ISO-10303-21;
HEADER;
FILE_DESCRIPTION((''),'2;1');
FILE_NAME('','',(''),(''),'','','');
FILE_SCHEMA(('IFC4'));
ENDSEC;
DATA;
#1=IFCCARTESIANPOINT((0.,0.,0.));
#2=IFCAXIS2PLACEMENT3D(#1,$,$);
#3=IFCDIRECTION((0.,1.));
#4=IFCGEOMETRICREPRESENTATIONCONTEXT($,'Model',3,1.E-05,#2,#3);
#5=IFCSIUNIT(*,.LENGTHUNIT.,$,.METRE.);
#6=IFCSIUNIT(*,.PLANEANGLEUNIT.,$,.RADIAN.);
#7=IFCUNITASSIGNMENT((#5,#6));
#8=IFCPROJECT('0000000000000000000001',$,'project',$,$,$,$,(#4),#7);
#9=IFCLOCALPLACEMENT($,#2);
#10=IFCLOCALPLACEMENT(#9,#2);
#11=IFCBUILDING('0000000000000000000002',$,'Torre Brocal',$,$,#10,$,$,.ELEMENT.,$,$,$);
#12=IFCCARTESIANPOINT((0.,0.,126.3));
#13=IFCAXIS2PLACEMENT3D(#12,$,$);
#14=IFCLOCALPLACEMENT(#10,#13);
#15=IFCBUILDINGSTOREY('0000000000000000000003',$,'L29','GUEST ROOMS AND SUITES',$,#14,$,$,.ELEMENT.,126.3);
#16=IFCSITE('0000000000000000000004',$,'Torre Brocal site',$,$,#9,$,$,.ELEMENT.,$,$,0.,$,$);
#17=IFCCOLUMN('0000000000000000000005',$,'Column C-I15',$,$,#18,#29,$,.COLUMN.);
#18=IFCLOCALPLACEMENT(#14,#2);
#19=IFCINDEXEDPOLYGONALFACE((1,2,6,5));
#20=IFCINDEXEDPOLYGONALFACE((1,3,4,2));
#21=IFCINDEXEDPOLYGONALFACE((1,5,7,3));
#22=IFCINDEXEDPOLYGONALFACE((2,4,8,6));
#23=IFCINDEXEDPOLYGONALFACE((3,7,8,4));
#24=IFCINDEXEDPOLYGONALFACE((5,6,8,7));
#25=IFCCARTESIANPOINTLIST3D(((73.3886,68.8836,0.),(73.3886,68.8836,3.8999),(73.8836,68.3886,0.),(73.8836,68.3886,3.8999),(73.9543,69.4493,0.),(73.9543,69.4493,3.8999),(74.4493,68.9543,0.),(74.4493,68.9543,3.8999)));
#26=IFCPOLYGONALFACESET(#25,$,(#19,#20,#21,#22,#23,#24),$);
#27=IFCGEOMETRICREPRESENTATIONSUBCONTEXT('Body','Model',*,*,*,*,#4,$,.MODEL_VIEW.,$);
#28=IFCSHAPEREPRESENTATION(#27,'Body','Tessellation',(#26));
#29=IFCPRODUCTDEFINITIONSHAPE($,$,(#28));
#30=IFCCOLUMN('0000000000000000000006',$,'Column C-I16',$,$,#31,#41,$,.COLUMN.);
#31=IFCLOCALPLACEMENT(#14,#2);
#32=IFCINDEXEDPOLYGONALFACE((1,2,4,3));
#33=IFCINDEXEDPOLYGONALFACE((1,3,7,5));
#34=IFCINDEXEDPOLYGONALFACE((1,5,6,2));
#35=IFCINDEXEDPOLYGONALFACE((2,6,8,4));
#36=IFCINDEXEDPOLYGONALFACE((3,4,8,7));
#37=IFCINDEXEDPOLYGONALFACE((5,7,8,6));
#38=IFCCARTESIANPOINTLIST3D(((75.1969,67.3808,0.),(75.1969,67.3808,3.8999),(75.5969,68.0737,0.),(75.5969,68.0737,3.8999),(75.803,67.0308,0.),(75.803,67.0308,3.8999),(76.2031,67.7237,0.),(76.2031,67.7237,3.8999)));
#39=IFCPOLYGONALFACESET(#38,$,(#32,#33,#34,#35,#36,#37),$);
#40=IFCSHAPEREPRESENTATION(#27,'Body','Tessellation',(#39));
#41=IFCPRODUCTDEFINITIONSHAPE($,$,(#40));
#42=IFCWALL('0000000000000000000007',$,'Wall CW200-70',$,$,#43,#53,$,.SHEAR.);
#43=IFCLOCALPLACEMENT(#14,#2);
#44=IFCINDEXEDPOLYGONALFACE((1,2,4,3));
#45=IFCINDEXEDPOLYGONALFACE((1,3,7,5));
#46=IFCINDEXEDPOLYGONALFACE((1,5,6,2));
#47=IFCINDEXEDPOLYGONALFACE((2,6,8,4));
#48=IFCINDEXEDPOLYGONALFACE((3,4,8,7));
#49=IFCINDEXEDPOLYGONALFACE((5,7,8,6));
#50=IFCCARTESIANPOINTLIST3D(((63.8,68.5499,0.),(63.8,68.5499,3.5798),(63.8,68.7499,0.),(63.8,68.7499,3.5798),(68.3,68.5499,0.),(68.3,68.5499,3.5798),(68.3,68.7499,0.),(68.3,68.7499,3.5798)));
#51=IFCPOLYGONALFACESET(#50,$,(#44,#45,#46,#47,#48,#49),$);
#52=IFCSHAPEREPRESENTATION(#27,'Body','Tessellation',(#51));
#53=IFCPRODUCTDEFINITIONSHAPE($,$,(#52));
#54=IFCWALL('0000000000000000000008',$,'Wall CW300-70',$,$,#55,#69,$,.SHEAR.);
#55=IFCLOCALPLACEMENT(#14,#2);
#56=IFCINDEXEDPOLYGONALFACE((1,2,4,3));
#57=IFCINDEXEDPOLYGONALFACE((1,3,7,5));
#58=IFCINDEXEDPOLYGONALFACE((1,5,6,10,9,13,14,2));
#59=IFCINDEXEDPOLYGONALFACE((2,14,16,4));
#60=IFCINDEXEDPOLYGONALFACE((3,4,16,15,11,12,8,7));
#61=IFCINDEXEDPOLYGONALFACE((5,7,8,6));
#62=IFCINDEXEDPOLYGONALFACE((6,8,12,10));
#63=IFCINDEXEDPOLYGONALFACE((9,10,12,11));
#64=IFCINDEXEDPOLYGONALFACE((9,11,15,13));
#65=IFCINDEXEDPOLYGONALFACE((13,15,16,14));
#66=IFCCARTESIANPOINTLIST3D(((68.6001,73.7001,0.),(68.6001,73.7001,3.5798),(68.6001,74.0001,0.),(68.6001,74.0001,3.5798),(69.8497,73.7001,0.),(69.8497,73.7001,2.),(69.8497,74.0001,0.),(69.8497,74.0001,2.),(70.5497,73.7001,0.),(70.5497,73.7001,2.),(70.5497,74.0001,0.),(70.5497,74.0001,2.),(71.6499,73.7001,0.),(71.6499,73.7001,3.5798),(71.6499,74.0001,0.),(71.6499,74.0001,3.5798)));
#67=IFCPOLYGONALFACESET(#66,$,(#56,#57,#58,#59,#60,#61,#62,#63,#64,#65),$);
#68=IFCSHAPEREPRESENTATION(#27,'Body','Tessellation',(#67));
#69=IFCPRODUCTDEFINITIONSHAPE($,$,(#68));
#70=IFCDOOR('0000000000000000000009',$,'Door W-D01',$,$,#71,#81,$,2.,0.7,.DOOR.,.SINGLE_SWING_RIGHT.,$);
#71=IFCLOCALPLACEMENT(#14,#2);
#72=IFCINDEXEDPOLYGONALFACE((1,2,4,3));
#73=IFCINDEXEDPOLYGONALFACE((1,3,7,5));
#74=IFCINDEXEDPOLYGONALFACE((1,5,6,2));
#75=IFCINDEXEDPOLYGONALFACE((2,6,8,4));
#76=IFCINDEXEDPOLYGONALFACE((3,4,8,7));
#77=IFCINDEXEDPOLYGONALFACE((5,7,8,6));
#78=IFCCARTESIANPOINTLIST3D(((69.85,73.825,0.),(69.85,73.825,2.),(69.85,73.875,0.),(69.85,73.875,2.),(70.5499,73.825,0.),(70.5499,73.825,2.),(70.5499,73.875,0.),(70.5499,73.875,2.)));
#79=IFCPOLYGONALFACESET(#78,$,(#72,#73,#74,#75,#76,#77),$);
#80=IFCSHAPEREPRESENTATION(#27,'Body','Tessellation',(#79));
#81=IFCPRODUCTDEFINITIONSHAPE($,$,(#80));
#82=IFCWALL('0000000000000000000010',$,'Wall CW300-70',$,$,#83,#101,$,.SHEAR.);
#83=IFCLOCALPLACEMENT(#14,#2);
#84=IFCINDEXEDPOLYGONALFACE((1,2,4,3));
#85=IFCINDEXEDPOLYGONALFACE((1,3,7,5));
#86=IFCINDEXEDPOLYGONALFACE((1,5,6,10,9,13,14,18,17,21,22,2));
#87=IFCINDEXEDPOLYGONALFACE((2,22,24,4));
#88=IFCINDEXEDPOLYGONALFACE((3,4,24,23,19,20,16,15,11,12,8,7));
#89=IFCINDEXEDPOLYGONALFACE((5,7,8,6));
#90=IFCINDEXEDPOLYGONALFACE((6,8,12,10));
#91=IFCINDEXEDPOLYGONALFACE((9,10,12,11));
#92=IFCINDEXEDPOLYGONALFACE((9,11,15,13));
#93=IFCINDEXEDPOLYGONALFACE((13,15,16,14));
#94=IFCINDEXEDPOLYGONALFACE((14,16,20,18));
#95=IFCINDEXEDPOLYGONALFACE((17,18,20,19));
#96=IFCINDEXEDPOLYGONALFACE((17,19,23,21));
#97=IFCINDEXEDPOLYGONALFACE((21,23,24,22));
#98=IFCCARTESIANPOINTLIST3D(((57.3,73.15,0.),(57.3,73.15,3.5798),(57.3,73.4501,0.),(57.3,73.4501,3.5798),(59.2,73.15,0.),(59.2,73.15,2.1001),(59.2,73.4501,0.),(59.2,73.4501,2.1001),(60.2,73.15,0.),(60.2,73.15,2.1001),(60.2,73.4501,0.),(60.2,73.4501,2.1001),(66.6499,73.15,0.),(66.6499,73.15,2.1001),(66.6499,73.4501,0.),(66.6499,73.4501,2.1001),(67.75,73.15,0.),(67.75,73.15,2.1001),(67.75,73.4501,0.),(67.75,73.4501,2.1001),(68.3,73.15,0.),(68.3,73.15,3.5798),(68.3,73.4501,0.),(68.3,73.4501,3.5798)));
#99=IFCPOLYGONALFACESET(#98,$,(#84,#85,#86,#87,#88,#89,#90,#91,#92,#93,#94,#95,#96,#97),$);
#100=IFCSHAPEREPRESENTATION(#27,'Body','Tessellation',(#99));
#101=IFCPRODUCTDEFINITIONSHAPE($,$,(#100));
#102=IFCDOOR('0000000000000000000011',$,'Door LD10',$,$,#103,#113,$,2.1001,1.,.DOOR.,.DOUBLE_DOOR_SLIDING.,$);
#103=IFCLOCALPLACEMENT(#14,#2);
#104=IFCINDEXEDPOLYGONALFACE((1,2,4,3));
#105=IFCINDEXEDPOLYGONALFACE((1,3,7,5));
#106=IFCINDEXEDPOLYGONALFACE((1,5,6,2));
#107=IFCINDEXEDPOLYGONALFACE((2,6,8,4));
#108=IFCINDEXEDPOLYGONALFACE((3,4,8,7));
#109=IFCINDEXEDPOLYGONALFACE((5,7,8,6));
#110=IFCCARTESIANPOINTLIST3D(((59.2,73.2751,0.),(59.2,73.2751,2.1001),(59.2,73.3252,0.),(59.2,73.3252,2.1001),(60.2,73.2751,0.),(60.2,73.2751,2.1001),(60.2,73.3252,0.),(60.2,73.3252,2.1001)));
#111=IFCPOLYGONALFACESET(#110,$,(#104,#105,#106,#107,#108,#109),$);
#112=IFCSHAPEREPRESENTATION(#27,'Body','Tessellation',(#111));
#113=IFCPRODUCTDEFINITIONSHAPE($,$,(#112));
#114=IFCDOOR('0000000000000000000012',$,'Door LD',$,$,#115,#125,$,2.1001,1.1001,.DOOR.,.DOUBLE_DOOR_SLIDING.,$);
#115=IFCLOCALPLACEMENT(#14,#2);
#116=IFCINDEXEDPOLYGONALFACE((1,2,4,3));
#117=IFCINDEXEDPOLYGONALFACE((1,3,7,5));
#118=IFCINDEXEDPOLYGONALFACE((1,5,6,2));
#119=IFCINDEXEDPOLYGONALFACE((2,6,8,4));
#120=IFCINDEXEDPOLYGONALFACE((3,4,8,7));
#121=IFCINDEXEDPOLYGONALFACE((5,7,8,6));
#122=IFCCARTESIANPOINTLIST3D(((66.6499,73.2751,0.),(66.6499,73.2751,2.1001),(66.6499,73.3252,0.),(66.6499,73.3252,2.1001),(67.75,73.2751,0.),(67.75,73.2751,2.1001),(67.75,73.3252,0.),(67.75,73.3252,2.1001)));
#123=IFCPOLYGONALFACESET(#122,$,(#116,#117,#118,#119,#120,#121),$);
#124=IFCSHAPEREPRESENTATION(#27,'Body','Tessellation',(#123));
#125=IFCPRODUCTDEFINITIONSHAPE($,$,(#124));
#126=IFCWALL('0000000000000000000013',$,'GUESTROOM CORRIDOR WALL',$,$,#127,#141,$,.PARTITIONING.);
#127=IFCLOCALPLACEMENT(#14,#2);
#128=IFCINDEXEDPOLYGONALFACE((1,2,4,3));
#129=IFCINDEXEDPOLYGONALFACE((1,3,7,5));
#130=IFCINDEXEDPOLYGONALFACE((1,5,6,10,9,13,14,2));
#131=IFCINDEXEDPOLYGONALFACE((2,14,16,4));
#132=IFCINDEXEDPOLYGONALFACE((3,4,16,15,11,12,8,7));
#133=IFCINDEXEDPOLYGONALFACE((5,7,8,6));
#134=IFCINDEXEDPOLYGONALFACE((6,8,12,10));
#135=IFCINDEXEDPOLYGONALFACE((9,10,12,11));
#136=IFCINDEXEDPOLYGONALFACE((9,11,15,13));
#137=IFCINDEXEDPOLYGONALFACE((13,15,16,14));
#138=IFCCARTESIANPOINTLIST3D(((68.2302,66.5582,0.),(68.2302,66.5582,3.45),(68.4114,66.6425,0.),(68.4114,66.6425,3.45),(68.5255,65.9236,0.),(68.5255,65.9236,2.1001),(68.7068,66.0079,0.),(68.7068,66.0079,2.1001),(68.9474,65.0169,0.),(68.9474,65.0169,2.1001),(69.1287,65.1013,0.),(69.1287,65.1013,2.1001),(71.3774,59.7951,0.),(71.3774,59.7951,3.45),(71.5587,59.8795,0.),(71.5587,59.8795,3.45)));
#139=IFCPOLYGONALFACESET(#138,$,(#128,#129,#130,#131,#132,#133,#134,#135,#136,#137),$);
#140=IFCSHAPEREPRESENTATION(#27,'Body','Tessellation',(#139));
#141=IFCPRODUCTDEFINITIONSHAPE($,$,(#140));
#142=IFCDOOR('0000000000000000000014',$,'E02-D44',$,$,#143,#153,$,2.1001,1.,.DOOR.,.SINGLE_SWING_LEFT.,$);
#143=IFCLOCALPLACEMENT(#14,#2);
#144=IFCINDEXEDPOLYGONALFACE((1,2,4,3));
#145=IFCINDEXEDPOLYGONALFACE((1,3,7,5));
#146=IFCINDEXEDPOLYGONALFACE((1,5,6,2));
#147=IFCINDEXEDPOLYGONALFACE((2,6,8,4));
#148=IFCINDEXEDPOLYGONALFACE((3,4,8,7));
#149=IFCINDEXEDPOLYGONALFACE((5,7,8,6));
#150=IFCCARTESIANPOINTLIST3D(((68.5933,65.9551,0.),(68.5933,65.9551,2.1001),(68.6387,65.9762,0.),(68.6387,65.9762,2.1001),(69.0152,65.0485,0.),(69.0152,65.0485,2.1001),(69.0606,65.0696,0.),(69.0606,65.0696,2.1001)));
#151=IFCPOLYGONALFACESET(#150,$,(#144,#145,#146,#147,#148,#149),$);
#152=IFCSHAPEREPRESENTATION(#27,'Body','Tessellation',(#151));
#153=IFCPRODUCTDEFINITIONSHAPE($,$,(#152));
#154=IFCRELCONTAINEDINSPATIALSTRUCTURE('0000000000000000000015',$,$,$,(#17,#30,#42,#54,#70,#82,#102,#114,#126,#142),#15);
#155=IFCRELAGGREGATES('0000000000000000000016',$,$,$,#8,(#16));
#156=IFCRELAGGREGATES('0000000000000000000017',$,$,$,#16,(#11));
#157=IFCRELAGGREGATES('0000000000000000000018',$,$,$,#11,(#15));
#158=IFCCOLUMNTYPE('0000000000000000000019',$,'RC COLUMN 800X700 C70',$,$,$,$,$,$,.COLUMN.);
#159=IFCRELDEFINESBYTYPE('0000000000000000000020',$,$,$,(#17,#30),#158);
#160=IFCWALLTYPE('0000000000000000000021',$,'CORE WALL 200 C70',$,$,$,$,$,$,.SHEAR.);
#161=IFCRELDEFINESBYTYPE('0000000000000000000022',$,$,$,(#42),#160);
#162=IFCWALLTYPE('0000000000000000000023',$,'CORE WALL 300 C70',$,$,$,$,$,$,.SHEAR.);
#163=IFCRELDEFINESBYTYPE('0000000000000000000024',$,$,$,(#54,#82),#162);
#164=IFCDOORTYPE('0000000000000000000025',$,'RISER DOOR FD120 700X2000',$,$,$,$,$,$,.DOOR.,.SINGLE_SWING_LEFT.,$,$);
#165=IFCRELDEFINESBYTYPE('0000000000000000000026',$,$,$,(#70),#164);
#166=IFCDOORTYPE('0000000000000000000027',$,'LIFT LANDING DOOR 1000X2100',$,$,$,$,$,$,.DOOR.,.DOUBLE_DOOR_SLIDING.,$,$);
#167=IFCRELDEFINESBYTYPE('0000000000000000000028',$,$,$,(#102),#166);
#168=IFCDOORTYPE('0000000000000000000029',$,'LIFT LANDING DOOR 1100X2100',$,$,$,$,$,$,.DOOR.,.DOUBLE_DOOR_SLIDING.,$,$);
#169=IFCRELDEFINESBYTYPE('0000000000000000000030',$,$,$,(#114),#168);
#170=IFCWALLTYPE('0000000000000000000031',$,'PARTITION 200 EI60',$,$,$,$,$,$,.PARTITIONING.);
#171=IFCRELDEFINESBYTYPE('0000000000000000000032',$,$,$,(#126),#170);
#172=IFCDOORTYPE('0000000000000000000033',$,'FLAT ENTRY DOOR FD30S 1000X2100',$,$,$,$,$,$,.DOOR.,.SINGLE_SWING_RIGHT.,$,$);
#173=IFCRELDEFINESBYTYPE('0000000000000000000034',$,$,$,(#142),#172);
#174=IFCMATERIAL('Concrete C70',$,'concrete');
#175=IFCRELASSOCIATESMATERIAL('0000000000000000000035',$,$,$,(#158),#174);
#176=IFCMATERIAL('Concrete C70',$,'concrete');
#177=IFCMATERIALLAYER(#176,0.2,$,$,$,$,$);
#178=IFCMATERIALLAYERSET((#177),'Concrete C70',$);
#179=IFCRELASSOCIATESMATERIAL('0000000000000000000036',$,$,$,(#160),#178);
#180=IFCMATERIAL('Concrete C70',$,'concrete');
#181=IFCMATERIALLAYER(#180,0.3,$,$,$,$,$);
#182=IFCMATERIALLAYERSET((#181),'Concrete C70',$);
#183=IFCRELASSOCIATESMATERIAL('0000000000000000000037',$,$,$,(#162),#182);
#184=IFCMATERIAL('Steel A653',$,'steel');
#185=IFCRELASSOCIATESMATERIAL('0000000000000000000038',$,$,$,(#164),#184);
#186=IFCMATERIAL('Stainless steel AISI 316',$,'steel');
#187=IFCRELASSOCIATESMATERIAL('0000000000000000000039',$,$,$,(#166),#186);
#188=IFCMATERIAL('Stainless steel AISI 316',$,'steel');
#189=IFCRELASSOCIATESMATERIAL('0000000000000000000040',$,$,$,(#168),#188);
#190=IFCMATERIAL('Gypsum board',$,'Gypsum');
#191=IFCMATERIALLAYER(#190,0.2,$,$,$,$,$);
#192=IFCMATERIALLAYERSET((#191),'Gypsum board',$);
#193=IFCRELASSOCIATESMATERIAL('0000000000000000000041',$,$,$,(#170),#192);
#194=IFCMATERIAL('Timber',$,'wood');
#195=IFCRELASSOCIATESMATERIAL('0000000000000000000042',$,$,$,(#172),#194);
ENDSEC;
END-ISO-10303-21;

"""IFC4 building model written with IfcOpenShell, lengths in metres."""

from ifc_helpers import new_model, si_unit, direction, frame, frame_2d, origin, origin_2d, place, context, subcontext, project, spatial, rectangle, extrude, material, layer, layer_set, material_profile, profile_set, type_object, element, fill, save


model = new_model("IFC4")

# Units and contexts
model_context = context("Model", 3, precision=1e-05, world=origin(), true_north=direction((0.0, 1.0)))
body_context = subcontext(model_context, "Body", "Model", "MODEL_VIEW")
ifc_project = project(units=[si_unit("LENGTHUNIT", "METRE"), si_unit("PLANEANGLEUNIT", "RADIAN")], contexts=[model_context])

# Site, building, storey
site_placement = place(None, origin())
site = spatial("IfcSite", under=ifc_project, at=site_placement, Name="Torre Brocal site", CompositionType="ELEMENT", RefElevation=0.0)
building_placement = place(site_placement, origin())
building = spatial("IfcBuilding", under=site, at=building_placement, Name="Torre Brocal", CompositionType="ELEMENT")
storey_placement = place(building_placement, frame((0.0, 0.0, 126.3)))
storey = spatial("IfcBuildingStorey", under=building, at=storey_placement, Name="L29", Description="GUEST ROOMS AND SUITES", CompositionType="ELEMENT", Elevation=126.3)

# Columns
ifc_material_1 = material(Name="Concrete C70", Category="concrete")
ifc_material_profile = material_profile(ifc_material_1, rectangle(XDim=0.8, YDim=0.7, at=origin_2d()), Name="RC 800X700")
ifc_profile_set = profile_set([ifc_material_profile], Name="Concrete C70")
column_type = type_object("IfcColumnType", Name="RC COLUMN 800X700 C70", PredefinedType="COLUMN", material=ifc_profile_set)
for number, where, z_axis, x_axis, name in (
    (1, (73.9189, 68.9189, 0.0), (0.0, 0.0, 1.0), (-0.707107, -0.707107, 0.0), "Column C-I15"),
    (2, (75.7, 67.5522, 0.0), (0.0, 0.0, 1.0), (-0.5, -0.866025, 0.0), "Column C-I16"),
):
    element("IfcColumn", number, at=place(storey_placement, frame(where, z_axis=z_axis, x_axis=x_axis)), inside=storey, type_object=column_type, Name=name, PredefinedType="COLUMN", context=body_context, shape_type="SweptSolid", body=[
        extrude(rectangle(XDim=0.8, YDim=0.7, at=origin_2d()), origin(), (0.0, 0.0, 1.0), 3.8999),
    ])

# Wall
ifc_material_2 = material(Name="Concrete C70", Category="concrete")
ifc_layer_1 = layer(ifc_material_2, 0.2)
ifc_layer_set_1 = layer_set([ifc_layer_1], Name="Concrete C70")
wall_type_1 = type_object("IfcWallType", Name="CORE WALL 200 C70", PredefinedType="SHEAR", material=ifc_layer_set_1)
wall_1_placement = place(storey_placement, frame((68.3, 68.6499, 0.0), z_axis=(0.0, 0.0, 1.0), x_axis=(-1.0, 0.0, 0.0)))
element("IfcWall", 3, at=wall_1_placement, inside=storey, type_object=wall_type_1, Name="Wall CW200-70", PredefinedType="SHEAR", context=body_context, shape_type="SweptSolid", body=[
    extrude(rectangle(XDim=4.5, YDim=0.2, at=frame_2d((2.25, 0.0))), origin(), (0.0, 0.0, 1.0), 3.5798),
])

# Wall, opening, door
ifc_material_3 = material(Name="Concrete C70", Category="concrete")
ifc_layer_2 = layer(ifc_material_3, 0.3)
ifc_layer_set_2 = layer_set([ifc_layer_2], Name="Concrete C70")
wall_type_2 = type_object("IfcWallType", Name="CORE WALL 300 C70", PredefinedType="SHEAR", material=ifc_layer_set_2)
wall_2_placement = place(storey_placement, frame((71.6499, 73.8501, 0.0), z_axis=(0.0, 0.0, 1.0), x_axis=(-1.0, 0.0, 0.0)))
wall_2 = element("IfcWall", 4, at=wall_2_placement, inside=storey, type_object=wall_type_2, Name="Wall CW300-70", PredefinedType="SHEAR", context=body_context, shape_type="SweptSolid", body=[
    extrude(rectangle(XDim=3.0498, YDim=0.3, at=frame_2d((1.5249, 0.0))), origin(), (0.0, 0.0, 1.0), 3.5798),
])
opening_1_placement = place(wall_2_placement, frame((1.1001, 0.0, 0.0)))
opening_1 = element("IfcOpeningElement", 5, at=opening_1_placement, cuts=wall_2, PredefinedType="OPENING", context=body_context, shape_type="SweptSolid", body=[
    extrude(rectangle(XDim=0.7, YDim=2.0, at=frame_2d((0.3501, 1.0))), frame((0.0, 0.1599, 0.0), z_axis=(0.0, -1.0, 0.0), x_axis=(1.0, 0.0, 0.0)), (0.0, 0.0, 1.0), 0.3201),
])
ifc_material_4 = material(Name="Steel A653", Category="steel")
door_type_1 = type_object("IfcDoorType", Name="RISER DOOR FD120 700X2000", OperationType="SINGLE_SWING_LEFT", PredefinedType="DOOR", material=ifc_material_4)
door_1_placement = place(opening_1_placement, frame((0.7, 0.0, 0.0), z_axis=(0.0, 0.0, 1.0), x_axis=(-1.0, 0.0, 0.0)))
door_1 = element("IfcDoor", 6, at=door_1_placement, inside=storey, type_object=door_type_1, Name="Door W-D01", OperationType="SINGLE_SWING_RIGHT", OverallHeight=2.0, OverallWidth=0.7, PredefinedType="DOOR", context=body_context, shape_type="SweptSolid", body=[
    extrude(rectangle(XDim=0.7, YDim=2.0, at=frame_2d((0.3501, 1.0))), frame((0.0, 0.0249, 0.0), z_axis=(0.0, -1.0, 0.0), x_axis=(1.0, 0.0, 0.0)), (0.0, 0.0, 1.0), 0.05),
])
fill(opening_1, door_1)

# Wall, openings, doors
wall_3_placement = place(storey_placement, frame((68.3, 73.3, 0.0), z_axis=(0.0, 0.0, 1.0), x_axis=(-1.0, 0.0, 0.0)))
wall_3 = element("IfcWall", 7, at=wall_3_placement, inside=storey, type_object=wall_type_2, Name="Wall CW300-70", PredefinedType="SHEAR", context=body_context, shape_type="SweptSolid", body=[
    extrude(rectangle(XDim=11.0, YDim=0.3, at=frame_2d((5.5, 0.0))), origin(), (0.0, 0.0, 1.0), 3.5798),
])
opening_2_placement = place(wall_3_placement, frame((0.55, 0.0, 0.0)))
opening_2 = element("IfcOpeningElement", 8, at=opening_2_placement, cuts=wall_3, PredefinedType="OPENING", context=body_context, shape_type="SweptSolid", body=[
    extrude(rectangle(XDim=1.1001, YDim=2.1001, at=frame_2d((0.55, 1.05))), frame((0.0, 0.1599, 0.0), z_axis=(0.0, -1.0, 0.0), x_axis=(1.0, 0.0, 0.0)), (0.0, 0.0, 1.0), 0.3201),
])
opening_3_placement = place(wall_3_placement, frame((8.1001, 0.0, 0.0)))
opening_3 = element("IfcOpeningElement", 9, at=opening_3_placement, cuts=wall_3, PredefinedType="OPENING", context=body_context, shape_type="SweptSolid", body=[
    extrude(rectangle(XDim=1.0, YDim=2.1001, at=frame_2d((0.5, 1.05))), frame((0.0, 0.1599, 0.0), z_axis=(0.0, -1.0, 0.0), x_axis=(1.0, 0.0, 0.0)), (0.0, 0.0, 1.0), 0.3201),
])
ifc_material_5 = material(Name="Stainless steel AISI 316", Category="steel")
door_type_2 = type_object("IfcDoorType", Name="LIFT LANDING DOOR 1000X2100", OperationType="DOUBLE_DOOR_SLIDING", PredefinedType="DOOR", material=ifc_material_5)
door_2_placement = place(opening_3_placement, origin())
door_2 = element("IfcDoor", 10, at=door_2_placement, inside=storey, type_object=door_type_2, Name="Door LD10", OperationType="DOUBLE_DOOR_SLIDING", OverallHeight=2.1001, OverallWidth=1.0, PredefinedType="DOOR", context=body_context, shape_type="SweptSolid", body=[
    extrude(rectangle(XDim=1.0, YDim=2.1001, at=frame_2d((0.5, 1.05))), frame((0.0, 0.0249, 0.0), z_axis=(0.0, -1.0, 0.0), x_axis=(1.0, 0.0, 0.0)), (0.0, 0.0, 1.0), 0.05),
])
fill(opening_3, door_2)
ifc_material_6 = material(Name="Stainless steel AISI 316", Category="steel")
door_type_3 = type_object("IfcDoorType", Name="LIFT LANDING DOOR 1100X2100", OperationType="DOUBLE_DOOR_SLIDING", PredefinedType="DOOR", material=ifc_material_6)
door_3_placement = place(opening_2_placement, origin())
door_3 = element("IfcDoor", 11, at=door_3_placement, inside=storey, type_object=door_type_3, Name="Door LD", OperationType="DOUBLE_DOOR_SLIDING", OverallHeight=2.1001, OverallWidth=1.1001, PredefinedType="DOOR", context=body_context, shape_type="SweptSolid", body=[
    extrude(rectangle(XDim=1.1001, YDim=2.1001, at=frame_2d((0.55, 1.05))), frame((0.0, 0.0249, 0.0), z_axis=(0.0, -1.0, 0.0), x_axis=(1.0, 0.0, 0.0)), (0.0, 0.0, 1.0), 0.05),
])
fill(opening_2, door_3)

# Wall, opening, door
ifc_material_7 = material(Name="Gypsum board", Category="Gypsum")
ifc_layer_3 = layer(ifc_material_7, 0.2)
ifc_layer_set_3 = layer_set([ifc_layer_3], Name="Gypsum board")
wall_type_3 = type_object("IfcWallType", Name="PARTITION 200 EI60", PredefinedType="PARTITIONING", material=ifc_layer_set_3)
wall_4_placement = place(storey_placement, frame((68.3208, 66.6003, 0.0), z_axis=(0.0, 0.0, 1.0), x_axis=(0.421914, -0.906636, 0.0)))
wall_4 = element("IfcWall", 12, at=wall_4_placement, inside=storey, type_object=wall_type_3, Name="GUESTROOM CORRIDOR WALL", PredefinedType="PARTITIONING", context=body_context, shape_type="SweptSolid", body=[
    extrude(rectangle(XDim=7.4595, YDim=0.2, at=frame_2d((3.7297, 0.0))), origin(), (0.0, 0.0, 1.0), 3.45),
])
opening_4_placement = place(wall_4_placement, frame((0.7, 0.0, 0.0)))
opening_4 = element("IfcOpeningElement", 13, at=opening_4_placement, cuts=wall_4, PredefinedType="OPENING", context=body_context, shape_type="SweptSolid", body=[
    extrude(rectangle(XDim=1.0, YDim=2.1001, at=frame_2d((0.5, 1.05))), frame((0.0, 0.1099, 0.0), z_axis=(0.0, -1.0, 0.0), x_axis=(1.0, 0.0, 0.0)), (0.0, 0.0, 1.0), 0.22),
])
ifc_material_8 = material(Name="Timber", Category="wood")
door_type_4 = type_object("IfcDoorType", Name="FLAT ENTRY DOOR FD30S 1000X2100", OperationType="SINGLE_SWING_RIGHT", PredefinedType="DOOR", material=ifc_material_8)
door_4_placement = place(opening_4_placement, origin())
door_4 = element("IfcDoor", 14, at=door_4_placement, inside=storey, type_object=door_type_4, Name="E02-D44", OperationType="SINGLE_SWING_LEFT", OverallHeight=2.1001, OverallWidth=1.0, PredefinedType="DOOR", context=body_context, shape_type="SweptSolid", body=[
    extrude(rectangle(XDim=1.0, YDim=2.1001, at=frame_2d((0.5, 1.05))), frame((0.0, 0.0249, 0.0), z_axis=(0.0, -1.0, 0.0), x_axis=(1.0, 0.0, 0.0)), (0.0, 0.0, 1.0), 0.05),
])
fill(opening_4, door_4)

save(model, "model.ifc")
